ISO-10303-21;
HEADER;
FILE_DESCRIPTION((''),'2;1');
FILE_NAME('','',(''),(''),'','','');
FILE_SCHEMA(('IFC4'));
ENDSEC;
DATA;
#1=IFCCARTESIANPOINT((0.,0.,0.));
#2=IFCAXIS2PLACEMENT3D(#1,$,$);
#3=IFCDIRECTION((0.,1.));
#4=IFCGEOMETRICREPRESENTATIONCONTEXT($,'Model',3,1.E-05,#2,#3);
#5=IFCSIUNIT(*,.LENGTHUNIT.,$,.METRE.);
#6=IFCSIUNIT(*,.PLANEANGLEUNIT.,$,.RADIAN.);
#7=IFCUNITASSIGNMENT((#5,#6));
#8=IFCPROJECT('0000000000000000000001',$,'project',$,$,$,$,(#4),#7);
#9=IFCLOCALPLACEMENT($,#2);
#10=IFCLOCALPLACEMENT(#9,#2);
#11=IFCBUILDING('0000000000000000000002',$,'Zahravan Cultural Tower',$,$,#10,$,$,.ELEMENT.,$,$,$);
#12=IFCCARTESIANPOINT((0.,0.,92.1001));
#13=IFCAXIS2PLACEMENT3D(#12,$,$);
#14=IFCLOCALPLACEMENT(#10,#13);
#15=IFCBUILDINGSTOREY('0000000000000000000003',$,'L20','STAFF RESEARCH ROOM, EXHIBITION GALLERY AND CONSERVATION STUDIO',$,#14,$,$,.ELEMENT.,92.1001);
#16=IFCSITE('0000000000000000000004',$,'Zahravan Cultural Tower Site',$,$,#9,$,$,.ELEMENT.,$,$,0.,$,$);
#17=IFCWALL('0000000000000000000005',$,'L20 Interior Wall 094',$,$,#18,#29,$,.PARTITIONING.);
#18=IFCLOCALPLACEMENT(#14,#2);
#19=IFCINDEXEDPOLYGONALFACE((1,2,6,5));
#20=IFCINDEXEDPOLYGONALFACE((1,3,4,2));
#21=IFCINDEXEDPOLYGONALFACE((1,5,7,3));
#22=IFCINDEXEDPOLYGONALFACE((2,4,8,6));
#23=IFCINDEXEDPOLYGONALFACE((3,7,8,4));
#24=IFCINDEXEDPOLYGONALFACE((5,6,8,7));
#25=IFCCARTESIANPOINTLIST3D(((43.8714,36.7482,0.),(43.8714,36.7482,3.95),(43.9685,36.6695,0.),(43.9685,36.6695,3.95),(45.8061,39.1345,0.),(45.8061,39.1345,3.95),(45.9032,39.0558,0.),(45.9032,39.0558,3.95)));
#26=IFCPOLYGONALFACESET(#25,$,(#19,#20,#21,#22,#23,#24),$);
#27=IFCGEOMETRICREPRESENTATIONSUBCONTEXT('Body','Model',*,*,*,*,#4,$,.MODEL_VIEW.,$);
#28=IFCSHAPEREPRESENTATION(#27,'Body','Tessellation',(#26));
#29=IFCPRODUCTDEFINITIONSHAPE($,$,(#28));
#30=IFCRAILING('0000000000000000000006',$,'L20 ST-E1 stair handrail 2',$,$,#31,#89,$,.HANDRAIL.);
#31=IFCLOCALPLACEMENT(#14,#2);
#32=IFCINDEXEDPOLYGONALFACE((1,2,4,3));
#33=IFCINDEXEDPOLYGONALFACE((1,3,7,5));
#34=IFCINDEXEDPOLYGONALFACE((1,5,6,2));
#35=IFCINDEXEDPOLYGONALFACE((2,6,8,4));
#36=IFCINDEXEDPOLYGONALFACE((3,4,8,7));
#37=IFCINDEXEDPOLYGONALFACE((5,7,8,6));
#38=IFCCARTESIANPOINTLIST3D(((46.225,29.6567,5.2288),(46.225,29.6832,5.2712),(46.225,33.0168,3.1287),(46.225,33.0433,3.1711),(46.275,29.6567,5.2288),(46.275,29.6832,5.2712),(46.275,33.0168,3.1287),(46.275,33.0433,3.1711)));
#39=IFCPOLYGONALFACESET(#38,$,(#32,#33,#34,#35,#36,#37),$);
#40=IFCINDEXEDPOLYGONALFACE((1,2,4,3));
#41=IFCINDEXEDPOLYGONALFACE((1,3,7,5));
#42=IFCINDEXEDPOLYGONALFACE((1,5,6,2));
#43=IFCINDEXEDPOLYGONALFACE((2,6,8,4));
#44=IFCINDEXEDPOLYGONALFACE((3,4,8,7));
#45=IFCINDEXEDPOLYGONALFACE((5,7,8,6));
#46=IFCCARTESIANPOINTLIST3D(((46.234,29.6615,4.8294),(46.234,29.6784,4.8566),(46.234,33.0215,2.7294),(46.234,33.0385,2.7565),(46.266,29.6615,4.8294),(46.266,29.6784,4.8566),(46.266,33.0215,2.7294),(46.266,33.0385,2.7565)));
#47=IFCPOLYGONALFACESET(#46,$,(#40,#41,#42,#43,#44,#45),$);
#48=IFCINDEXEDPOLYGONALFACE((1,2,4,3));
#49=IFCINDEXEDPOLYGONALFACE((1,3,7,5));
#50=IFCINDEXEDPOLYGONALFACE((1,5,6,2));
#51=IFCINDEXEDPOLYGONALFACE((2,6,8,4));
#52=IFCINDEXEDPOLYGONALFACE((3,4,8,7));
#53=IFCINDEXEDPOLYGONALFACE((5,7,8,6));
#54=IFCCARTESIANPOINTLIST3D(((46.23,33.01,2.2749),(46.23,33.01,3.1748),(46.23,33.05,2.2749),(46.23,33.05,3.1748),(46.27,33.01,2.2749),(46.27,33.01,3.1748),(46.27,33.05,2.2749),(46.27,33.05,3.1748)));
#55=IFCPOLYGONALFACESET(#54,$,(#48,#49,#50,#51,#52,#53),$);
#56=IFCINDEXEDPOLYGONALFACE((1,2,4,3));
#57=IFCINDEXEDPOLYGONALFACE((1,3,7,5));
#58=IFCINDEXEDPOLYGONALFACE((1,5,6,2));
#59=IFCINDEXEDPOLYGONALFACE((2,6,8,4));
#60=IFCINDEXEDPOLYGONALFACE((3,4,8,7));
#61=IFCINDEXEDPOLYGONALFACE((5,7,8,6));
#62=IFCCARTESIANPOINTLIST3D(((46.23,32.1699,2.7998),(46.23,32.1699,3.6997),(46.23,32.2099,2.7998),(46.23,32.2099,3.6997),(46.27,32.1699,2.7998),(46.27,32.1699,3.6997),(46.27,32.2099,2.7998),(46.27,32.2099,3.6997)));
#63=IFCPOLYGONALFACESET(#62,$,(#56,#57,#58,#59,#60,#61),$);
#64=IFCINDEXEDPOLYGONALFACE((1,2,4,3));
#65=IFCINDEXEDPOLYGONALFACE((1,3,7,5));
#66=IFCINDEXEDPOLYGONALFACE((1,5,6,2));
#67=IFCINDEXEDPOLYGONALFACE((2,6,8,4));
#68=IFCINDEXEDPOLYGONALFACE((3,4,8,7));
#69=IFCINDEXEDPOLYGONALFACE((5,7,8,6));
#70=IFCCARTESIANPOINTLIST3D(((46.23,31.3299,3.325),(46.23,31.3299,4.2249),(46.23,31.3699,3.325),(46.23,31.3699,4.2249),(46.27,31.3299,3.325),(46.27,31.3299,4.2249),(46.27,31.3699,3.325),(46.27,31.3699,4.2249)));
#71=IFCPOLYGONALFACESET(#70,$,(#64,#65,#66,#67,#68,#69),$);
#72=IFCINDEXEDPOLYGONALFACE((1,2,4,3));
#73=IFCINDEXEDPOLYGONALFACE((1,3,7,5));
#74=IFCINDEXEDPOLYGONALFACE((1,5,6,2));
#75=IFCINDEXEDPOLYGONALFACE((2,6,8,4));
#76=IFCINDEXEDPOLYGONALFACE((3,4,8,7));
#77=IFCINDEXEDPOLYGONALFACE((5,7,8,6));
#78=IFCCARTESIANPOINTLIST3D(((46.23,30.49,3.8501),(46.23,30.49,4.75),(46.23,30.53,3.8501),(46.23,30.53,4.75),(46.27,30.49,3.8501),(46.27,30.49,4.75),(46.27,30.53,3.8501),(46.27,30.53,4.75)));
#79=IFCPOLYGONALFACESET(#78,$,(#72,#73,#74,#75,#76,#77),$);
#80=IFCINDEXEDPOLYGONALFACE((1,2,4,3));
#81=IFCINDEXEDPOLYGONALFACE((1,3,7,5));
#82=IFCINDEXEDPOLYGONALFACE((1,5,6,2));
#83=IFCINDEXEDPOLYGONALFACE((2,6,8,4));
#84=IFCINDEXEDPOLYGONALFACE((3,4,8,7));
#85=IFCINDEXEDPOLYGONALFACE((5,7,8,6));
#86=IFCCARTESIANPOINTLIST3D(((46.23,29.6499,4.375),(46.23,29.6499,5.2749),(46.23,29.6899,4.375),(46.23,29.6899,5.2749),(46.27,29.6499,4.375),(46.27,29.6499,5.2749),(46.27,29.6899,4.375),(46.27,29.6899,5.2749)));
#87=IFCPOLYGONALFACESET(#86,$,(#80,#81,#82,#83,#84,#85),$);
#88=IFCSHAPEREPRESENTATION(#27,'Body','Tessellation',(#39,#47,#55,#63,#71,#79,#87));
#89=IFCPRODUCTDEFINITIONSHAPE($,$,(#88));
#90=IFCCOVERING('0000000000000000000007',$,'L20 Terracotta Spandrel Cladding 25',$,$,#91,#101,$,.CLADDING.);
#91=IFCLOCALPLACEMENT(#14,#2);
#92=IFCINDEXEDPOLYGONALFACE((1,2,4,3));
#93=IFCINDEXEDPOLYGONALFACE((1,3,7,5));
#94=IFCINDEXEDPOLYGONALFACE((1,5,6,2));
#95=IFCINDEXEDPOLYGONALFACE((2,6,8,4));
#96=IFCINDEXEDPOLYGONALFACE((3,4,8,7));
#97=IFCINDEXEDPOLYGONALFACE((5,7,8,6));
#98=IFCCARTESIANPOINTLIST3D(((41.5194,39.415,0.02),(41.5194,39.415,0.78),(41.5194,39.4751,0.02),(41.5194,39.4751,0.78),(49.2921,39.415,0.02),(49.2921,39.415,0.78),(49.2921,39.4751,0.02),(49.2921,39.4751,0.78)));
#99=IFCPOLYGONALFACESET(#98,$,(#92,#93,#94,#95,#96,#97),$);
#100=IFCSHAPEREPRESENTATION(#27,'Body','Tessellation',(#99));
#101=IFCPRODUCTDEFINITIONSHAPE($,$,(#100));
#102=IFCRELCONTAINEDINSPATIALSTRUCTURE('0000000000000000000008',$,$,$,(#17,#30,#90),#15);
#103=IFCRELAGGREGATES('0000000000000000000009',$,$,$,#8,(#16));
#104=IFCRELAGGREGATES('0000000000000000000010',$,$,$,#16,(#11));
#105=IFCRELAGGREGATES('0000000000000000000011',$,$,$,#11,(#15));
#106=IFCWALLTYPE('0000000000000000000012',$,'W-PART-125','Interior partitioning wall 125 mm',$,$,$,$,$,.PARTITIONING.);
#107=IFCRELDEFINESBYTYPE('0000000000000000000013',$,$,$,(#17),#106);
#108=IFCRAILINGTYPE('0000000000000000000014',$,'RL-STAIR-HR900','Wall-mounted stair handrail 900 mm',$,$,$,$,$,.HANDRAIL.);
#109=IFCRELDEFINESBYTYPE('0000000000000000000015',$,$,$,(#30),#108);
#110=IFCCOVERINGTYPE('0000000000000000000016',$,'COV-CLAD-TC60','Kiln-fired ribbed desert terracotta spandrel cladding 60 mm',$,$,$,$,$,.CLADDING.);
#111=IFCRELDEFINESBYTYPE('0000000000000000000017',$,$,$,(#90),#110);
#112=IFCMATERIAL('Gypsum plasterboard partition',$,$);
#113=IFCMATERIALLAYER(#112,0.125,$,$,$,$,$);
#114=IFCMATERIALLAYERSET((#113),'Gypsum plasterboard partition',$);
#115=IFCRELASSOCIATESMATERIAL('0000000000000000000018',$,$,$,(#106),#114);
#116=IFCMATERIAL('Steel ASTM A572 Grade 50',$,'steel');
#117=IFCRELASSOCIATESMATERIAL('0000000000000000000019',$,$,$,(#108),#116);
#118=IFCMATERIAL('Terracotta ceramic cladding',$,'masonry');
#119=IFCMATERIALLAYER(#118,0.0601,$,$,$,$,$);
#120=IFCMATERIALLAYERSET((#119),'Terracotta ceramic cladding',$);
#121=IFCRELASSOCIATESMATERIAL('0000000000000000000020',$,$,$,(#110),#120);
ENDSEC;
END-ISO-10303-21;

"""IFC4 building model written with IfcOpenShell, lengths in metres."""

from ifc_helpers import new_model, si_unit, direction, frame, frame_2d, origin, origin_2d, place, context, subcontext, project, spatial, rectangle, extrude, source, transform, mapped, material, layer, layer_set, type_object, element, save


model = new_model("IFC4")

# Units and contexts
model_context = context("Model", 3, precision=1e-05, world=origin(), true_north=direction((0.0, 1.0)))
body_context = subcontext(model_context, "Body", "Model", "MODEL_VIEW")
ifc_project = project(units=[si_unit("LENGTHUNIT", "METRE"), si_unit("PLANEANGLEUNIT", "RADIAN")], contexts=[model_context])

# Site, building, storey
site_placement = place(None, origin())
site = spatial("IfcSite", under=ifc_project, at=site_placement, Name="Zahravan Cultural Tower Site", CompositionType="ELEMENT", RefElevation=0.0)
building_placement = place(site_placement, origin())
building = spatial("IfcBuilding", under=site, at=building_placement, Name="Zahravan Cultural Tower", CompositionType="ELEMENT")
storey_placement = place(building_placement, frame((0.0, 0.0, 92.1001)))
storey = spatial("IfcBuildingStorey", under=building, at=storey_placement, Name="L20", Description="STAFF RESEARCH ROOM, EXHIBITION GALLERY AND CONSERVATION STUDIO", CompositionType="ELEMENT", Elevation=92.1001)

# Shared definitions
ifc_material_1 = material(Name="Gypsum plasterboard partition")
ifc_layer_1 = layer(ifc_material_1, 0.125)
ifc_layer_set_1 = layer_set([ifc_layer_1], Name="Gypsum plasterboard partition")
wall_type_1 = type_object("IfcWallType", Name="W-PART-125", Description="Interior partitioning wall 125 mm", PredefinedType="PARTITIONING", material=ifc_layer_set_1)
ifc_material_2 = material(Name="Steel ASTM A572 Grade 50", Category="steel")

# Wall
shared_shape_1 = source(origin(), body_context, "Body", "SweptSolid", [
    extrude(rectangle(XDim=3.072, YDim=0.125, at=frame_2d((1.5361, 0.0))), origin(), (0.0, 0.0, 1.0), 3.95),
])
wall_1_placement = place(storey_placement, frame((43.9199, 36.7087, 0.0), z_axis=(0.0, 0.0, 1.0), x_axis=(0.62976, 0.776789, 0.0)))
element("IfcWall", 1, at=wall_1_placement, inside=storey, type_object=wall_type_1, Name="L20 Interior Wall 094", PredefinedType="PARTITIONING", context=body_context, shape_type="MappedRepresentation", body=[
    mapped(shared_shape_1, transform((0.0, 0.0, 0.0), x_axis=(1.0, 0.0, 0.0), y_axis=(0.0, 1.0, 0.0), z_axis=(0.0, 0.0, 1.0), scale=1.0)),
])

# Railing
railing_type = type_object("IfcRailingType", Name="RL-STAIR-HR900", Description="Wall-mounted stair handrail 900 mm", PredefinedType="HANDRAIL", material=ifc_material_2)
railing_placement = place(storey_placement, frame((46.25, 33.03, 2.2749)))
element("IfcRailing", 2, at=railing_placement, inside=storey, type_object=railing_type, Name="L20 ST-E1 stair handrail 2", PredefinedType="HANDRAIL", context=body_context, shape_type="SweptSolid", body=[
    extrude(rectangle(XDim=0.05, YDim=0.05, at=origin_2d()), frame((0.0, 0.0, 0.875), z_axis=(0.0, -0.847995, 0.530004), x_axis=(1.0, 0.0, 0.0)), (0.0, 0.0, 1.0), 3.9624),
    extrude(rectangle(XDim=0.032, YDim=0.032, at=origin_2d()), frame((0.0, 0.0, 0.468), z_axis=(0.0, -0.847995, 0.530004), x_axis=(1.0, 0.0, 0.0)), (0.0, 0.0, 1.0), 3.9624),
    extrude(rectangle(XDim=0.04, YDim=0.04, at=origin_2d()), origin(), (0.0, 0.0, 1.0), 0.8999),
    extrude(rectangle(XDim=0.04, YDim=0.04, at=origin_2d()), frame((0.0, -0.8401, 0.5249)), (0.0, 0.0, 1.0), 0.8999),
    extrude(rectangle(XDim=0.04, YDim=0.04, at=origin_2d()), frame((0.0, -1.6802, 1.05)), (0.0, 0.0, 1.0), 0.8999),
    extrude(rectangle(XDim=0.04, YDim=0.04, at=origin_2d()), frame((0.0, -2.52, 1.5752)), (0.0, 0.0, 1.0), 0.8999),
    extrude(rectangle(XDim=0.04, YDim=0.04, at=origin_2d()), frame((0.0, -3.3601, 2.1001)), (0.0, 0.0, 1.0), 0.8999),
])

# Covering
ifc_material_3 = material(Name="Terracotta ceramic cladding", Category="masonry")
ifc_layer_2 = layer(ifc_material_3, 0.0601)
ifc_layer_set_2 = layer_set([ifc_layer_2], Name="Terracotta ceramic cladding")
covering_type = type_object("IfcCoveringType", Name="COV-CLAD-TC60", Description="Kiln-fired ribbed desert terracotta spandrel cladding 60 mm", PredefinedType="CLADDING", material=ifc_layer_set_2)
shared_shape_2 = source(origin(), body_context, "Body", "SweptSolid", [
    extrude(rectangle(XDim=7.7727, YDim=0.0601, at=origin_2d()), origin(), (0.0, 0.0, 1.0), 0.76),
])
covering_placement = place(storey_placement, frame((45.4058, 39.4451, 0.02), z_axis=(0.0, 0.0, 1.0), x_axis=(1.0, 0.0, 0.0)))
element("IfcCovering", 3, at=covering_placement, inside=storey, type_object=covering_type, Name="L20 Terracotta Spandrel Cladding 25", PredefinedType="CLADDING", context=body_context, shape_type="MappedRepresentation", body=[
    mapped(shared_shape_2, transform((0.0, 0.0, 0.0), x_axis=(1.0, 0.0, 0.0), y_axis=(0.0, 1.0, 0.0), z_axis=(0.0, 0.0, 1.0), scale=1.0)),
])

save(model, "model.ifc")
